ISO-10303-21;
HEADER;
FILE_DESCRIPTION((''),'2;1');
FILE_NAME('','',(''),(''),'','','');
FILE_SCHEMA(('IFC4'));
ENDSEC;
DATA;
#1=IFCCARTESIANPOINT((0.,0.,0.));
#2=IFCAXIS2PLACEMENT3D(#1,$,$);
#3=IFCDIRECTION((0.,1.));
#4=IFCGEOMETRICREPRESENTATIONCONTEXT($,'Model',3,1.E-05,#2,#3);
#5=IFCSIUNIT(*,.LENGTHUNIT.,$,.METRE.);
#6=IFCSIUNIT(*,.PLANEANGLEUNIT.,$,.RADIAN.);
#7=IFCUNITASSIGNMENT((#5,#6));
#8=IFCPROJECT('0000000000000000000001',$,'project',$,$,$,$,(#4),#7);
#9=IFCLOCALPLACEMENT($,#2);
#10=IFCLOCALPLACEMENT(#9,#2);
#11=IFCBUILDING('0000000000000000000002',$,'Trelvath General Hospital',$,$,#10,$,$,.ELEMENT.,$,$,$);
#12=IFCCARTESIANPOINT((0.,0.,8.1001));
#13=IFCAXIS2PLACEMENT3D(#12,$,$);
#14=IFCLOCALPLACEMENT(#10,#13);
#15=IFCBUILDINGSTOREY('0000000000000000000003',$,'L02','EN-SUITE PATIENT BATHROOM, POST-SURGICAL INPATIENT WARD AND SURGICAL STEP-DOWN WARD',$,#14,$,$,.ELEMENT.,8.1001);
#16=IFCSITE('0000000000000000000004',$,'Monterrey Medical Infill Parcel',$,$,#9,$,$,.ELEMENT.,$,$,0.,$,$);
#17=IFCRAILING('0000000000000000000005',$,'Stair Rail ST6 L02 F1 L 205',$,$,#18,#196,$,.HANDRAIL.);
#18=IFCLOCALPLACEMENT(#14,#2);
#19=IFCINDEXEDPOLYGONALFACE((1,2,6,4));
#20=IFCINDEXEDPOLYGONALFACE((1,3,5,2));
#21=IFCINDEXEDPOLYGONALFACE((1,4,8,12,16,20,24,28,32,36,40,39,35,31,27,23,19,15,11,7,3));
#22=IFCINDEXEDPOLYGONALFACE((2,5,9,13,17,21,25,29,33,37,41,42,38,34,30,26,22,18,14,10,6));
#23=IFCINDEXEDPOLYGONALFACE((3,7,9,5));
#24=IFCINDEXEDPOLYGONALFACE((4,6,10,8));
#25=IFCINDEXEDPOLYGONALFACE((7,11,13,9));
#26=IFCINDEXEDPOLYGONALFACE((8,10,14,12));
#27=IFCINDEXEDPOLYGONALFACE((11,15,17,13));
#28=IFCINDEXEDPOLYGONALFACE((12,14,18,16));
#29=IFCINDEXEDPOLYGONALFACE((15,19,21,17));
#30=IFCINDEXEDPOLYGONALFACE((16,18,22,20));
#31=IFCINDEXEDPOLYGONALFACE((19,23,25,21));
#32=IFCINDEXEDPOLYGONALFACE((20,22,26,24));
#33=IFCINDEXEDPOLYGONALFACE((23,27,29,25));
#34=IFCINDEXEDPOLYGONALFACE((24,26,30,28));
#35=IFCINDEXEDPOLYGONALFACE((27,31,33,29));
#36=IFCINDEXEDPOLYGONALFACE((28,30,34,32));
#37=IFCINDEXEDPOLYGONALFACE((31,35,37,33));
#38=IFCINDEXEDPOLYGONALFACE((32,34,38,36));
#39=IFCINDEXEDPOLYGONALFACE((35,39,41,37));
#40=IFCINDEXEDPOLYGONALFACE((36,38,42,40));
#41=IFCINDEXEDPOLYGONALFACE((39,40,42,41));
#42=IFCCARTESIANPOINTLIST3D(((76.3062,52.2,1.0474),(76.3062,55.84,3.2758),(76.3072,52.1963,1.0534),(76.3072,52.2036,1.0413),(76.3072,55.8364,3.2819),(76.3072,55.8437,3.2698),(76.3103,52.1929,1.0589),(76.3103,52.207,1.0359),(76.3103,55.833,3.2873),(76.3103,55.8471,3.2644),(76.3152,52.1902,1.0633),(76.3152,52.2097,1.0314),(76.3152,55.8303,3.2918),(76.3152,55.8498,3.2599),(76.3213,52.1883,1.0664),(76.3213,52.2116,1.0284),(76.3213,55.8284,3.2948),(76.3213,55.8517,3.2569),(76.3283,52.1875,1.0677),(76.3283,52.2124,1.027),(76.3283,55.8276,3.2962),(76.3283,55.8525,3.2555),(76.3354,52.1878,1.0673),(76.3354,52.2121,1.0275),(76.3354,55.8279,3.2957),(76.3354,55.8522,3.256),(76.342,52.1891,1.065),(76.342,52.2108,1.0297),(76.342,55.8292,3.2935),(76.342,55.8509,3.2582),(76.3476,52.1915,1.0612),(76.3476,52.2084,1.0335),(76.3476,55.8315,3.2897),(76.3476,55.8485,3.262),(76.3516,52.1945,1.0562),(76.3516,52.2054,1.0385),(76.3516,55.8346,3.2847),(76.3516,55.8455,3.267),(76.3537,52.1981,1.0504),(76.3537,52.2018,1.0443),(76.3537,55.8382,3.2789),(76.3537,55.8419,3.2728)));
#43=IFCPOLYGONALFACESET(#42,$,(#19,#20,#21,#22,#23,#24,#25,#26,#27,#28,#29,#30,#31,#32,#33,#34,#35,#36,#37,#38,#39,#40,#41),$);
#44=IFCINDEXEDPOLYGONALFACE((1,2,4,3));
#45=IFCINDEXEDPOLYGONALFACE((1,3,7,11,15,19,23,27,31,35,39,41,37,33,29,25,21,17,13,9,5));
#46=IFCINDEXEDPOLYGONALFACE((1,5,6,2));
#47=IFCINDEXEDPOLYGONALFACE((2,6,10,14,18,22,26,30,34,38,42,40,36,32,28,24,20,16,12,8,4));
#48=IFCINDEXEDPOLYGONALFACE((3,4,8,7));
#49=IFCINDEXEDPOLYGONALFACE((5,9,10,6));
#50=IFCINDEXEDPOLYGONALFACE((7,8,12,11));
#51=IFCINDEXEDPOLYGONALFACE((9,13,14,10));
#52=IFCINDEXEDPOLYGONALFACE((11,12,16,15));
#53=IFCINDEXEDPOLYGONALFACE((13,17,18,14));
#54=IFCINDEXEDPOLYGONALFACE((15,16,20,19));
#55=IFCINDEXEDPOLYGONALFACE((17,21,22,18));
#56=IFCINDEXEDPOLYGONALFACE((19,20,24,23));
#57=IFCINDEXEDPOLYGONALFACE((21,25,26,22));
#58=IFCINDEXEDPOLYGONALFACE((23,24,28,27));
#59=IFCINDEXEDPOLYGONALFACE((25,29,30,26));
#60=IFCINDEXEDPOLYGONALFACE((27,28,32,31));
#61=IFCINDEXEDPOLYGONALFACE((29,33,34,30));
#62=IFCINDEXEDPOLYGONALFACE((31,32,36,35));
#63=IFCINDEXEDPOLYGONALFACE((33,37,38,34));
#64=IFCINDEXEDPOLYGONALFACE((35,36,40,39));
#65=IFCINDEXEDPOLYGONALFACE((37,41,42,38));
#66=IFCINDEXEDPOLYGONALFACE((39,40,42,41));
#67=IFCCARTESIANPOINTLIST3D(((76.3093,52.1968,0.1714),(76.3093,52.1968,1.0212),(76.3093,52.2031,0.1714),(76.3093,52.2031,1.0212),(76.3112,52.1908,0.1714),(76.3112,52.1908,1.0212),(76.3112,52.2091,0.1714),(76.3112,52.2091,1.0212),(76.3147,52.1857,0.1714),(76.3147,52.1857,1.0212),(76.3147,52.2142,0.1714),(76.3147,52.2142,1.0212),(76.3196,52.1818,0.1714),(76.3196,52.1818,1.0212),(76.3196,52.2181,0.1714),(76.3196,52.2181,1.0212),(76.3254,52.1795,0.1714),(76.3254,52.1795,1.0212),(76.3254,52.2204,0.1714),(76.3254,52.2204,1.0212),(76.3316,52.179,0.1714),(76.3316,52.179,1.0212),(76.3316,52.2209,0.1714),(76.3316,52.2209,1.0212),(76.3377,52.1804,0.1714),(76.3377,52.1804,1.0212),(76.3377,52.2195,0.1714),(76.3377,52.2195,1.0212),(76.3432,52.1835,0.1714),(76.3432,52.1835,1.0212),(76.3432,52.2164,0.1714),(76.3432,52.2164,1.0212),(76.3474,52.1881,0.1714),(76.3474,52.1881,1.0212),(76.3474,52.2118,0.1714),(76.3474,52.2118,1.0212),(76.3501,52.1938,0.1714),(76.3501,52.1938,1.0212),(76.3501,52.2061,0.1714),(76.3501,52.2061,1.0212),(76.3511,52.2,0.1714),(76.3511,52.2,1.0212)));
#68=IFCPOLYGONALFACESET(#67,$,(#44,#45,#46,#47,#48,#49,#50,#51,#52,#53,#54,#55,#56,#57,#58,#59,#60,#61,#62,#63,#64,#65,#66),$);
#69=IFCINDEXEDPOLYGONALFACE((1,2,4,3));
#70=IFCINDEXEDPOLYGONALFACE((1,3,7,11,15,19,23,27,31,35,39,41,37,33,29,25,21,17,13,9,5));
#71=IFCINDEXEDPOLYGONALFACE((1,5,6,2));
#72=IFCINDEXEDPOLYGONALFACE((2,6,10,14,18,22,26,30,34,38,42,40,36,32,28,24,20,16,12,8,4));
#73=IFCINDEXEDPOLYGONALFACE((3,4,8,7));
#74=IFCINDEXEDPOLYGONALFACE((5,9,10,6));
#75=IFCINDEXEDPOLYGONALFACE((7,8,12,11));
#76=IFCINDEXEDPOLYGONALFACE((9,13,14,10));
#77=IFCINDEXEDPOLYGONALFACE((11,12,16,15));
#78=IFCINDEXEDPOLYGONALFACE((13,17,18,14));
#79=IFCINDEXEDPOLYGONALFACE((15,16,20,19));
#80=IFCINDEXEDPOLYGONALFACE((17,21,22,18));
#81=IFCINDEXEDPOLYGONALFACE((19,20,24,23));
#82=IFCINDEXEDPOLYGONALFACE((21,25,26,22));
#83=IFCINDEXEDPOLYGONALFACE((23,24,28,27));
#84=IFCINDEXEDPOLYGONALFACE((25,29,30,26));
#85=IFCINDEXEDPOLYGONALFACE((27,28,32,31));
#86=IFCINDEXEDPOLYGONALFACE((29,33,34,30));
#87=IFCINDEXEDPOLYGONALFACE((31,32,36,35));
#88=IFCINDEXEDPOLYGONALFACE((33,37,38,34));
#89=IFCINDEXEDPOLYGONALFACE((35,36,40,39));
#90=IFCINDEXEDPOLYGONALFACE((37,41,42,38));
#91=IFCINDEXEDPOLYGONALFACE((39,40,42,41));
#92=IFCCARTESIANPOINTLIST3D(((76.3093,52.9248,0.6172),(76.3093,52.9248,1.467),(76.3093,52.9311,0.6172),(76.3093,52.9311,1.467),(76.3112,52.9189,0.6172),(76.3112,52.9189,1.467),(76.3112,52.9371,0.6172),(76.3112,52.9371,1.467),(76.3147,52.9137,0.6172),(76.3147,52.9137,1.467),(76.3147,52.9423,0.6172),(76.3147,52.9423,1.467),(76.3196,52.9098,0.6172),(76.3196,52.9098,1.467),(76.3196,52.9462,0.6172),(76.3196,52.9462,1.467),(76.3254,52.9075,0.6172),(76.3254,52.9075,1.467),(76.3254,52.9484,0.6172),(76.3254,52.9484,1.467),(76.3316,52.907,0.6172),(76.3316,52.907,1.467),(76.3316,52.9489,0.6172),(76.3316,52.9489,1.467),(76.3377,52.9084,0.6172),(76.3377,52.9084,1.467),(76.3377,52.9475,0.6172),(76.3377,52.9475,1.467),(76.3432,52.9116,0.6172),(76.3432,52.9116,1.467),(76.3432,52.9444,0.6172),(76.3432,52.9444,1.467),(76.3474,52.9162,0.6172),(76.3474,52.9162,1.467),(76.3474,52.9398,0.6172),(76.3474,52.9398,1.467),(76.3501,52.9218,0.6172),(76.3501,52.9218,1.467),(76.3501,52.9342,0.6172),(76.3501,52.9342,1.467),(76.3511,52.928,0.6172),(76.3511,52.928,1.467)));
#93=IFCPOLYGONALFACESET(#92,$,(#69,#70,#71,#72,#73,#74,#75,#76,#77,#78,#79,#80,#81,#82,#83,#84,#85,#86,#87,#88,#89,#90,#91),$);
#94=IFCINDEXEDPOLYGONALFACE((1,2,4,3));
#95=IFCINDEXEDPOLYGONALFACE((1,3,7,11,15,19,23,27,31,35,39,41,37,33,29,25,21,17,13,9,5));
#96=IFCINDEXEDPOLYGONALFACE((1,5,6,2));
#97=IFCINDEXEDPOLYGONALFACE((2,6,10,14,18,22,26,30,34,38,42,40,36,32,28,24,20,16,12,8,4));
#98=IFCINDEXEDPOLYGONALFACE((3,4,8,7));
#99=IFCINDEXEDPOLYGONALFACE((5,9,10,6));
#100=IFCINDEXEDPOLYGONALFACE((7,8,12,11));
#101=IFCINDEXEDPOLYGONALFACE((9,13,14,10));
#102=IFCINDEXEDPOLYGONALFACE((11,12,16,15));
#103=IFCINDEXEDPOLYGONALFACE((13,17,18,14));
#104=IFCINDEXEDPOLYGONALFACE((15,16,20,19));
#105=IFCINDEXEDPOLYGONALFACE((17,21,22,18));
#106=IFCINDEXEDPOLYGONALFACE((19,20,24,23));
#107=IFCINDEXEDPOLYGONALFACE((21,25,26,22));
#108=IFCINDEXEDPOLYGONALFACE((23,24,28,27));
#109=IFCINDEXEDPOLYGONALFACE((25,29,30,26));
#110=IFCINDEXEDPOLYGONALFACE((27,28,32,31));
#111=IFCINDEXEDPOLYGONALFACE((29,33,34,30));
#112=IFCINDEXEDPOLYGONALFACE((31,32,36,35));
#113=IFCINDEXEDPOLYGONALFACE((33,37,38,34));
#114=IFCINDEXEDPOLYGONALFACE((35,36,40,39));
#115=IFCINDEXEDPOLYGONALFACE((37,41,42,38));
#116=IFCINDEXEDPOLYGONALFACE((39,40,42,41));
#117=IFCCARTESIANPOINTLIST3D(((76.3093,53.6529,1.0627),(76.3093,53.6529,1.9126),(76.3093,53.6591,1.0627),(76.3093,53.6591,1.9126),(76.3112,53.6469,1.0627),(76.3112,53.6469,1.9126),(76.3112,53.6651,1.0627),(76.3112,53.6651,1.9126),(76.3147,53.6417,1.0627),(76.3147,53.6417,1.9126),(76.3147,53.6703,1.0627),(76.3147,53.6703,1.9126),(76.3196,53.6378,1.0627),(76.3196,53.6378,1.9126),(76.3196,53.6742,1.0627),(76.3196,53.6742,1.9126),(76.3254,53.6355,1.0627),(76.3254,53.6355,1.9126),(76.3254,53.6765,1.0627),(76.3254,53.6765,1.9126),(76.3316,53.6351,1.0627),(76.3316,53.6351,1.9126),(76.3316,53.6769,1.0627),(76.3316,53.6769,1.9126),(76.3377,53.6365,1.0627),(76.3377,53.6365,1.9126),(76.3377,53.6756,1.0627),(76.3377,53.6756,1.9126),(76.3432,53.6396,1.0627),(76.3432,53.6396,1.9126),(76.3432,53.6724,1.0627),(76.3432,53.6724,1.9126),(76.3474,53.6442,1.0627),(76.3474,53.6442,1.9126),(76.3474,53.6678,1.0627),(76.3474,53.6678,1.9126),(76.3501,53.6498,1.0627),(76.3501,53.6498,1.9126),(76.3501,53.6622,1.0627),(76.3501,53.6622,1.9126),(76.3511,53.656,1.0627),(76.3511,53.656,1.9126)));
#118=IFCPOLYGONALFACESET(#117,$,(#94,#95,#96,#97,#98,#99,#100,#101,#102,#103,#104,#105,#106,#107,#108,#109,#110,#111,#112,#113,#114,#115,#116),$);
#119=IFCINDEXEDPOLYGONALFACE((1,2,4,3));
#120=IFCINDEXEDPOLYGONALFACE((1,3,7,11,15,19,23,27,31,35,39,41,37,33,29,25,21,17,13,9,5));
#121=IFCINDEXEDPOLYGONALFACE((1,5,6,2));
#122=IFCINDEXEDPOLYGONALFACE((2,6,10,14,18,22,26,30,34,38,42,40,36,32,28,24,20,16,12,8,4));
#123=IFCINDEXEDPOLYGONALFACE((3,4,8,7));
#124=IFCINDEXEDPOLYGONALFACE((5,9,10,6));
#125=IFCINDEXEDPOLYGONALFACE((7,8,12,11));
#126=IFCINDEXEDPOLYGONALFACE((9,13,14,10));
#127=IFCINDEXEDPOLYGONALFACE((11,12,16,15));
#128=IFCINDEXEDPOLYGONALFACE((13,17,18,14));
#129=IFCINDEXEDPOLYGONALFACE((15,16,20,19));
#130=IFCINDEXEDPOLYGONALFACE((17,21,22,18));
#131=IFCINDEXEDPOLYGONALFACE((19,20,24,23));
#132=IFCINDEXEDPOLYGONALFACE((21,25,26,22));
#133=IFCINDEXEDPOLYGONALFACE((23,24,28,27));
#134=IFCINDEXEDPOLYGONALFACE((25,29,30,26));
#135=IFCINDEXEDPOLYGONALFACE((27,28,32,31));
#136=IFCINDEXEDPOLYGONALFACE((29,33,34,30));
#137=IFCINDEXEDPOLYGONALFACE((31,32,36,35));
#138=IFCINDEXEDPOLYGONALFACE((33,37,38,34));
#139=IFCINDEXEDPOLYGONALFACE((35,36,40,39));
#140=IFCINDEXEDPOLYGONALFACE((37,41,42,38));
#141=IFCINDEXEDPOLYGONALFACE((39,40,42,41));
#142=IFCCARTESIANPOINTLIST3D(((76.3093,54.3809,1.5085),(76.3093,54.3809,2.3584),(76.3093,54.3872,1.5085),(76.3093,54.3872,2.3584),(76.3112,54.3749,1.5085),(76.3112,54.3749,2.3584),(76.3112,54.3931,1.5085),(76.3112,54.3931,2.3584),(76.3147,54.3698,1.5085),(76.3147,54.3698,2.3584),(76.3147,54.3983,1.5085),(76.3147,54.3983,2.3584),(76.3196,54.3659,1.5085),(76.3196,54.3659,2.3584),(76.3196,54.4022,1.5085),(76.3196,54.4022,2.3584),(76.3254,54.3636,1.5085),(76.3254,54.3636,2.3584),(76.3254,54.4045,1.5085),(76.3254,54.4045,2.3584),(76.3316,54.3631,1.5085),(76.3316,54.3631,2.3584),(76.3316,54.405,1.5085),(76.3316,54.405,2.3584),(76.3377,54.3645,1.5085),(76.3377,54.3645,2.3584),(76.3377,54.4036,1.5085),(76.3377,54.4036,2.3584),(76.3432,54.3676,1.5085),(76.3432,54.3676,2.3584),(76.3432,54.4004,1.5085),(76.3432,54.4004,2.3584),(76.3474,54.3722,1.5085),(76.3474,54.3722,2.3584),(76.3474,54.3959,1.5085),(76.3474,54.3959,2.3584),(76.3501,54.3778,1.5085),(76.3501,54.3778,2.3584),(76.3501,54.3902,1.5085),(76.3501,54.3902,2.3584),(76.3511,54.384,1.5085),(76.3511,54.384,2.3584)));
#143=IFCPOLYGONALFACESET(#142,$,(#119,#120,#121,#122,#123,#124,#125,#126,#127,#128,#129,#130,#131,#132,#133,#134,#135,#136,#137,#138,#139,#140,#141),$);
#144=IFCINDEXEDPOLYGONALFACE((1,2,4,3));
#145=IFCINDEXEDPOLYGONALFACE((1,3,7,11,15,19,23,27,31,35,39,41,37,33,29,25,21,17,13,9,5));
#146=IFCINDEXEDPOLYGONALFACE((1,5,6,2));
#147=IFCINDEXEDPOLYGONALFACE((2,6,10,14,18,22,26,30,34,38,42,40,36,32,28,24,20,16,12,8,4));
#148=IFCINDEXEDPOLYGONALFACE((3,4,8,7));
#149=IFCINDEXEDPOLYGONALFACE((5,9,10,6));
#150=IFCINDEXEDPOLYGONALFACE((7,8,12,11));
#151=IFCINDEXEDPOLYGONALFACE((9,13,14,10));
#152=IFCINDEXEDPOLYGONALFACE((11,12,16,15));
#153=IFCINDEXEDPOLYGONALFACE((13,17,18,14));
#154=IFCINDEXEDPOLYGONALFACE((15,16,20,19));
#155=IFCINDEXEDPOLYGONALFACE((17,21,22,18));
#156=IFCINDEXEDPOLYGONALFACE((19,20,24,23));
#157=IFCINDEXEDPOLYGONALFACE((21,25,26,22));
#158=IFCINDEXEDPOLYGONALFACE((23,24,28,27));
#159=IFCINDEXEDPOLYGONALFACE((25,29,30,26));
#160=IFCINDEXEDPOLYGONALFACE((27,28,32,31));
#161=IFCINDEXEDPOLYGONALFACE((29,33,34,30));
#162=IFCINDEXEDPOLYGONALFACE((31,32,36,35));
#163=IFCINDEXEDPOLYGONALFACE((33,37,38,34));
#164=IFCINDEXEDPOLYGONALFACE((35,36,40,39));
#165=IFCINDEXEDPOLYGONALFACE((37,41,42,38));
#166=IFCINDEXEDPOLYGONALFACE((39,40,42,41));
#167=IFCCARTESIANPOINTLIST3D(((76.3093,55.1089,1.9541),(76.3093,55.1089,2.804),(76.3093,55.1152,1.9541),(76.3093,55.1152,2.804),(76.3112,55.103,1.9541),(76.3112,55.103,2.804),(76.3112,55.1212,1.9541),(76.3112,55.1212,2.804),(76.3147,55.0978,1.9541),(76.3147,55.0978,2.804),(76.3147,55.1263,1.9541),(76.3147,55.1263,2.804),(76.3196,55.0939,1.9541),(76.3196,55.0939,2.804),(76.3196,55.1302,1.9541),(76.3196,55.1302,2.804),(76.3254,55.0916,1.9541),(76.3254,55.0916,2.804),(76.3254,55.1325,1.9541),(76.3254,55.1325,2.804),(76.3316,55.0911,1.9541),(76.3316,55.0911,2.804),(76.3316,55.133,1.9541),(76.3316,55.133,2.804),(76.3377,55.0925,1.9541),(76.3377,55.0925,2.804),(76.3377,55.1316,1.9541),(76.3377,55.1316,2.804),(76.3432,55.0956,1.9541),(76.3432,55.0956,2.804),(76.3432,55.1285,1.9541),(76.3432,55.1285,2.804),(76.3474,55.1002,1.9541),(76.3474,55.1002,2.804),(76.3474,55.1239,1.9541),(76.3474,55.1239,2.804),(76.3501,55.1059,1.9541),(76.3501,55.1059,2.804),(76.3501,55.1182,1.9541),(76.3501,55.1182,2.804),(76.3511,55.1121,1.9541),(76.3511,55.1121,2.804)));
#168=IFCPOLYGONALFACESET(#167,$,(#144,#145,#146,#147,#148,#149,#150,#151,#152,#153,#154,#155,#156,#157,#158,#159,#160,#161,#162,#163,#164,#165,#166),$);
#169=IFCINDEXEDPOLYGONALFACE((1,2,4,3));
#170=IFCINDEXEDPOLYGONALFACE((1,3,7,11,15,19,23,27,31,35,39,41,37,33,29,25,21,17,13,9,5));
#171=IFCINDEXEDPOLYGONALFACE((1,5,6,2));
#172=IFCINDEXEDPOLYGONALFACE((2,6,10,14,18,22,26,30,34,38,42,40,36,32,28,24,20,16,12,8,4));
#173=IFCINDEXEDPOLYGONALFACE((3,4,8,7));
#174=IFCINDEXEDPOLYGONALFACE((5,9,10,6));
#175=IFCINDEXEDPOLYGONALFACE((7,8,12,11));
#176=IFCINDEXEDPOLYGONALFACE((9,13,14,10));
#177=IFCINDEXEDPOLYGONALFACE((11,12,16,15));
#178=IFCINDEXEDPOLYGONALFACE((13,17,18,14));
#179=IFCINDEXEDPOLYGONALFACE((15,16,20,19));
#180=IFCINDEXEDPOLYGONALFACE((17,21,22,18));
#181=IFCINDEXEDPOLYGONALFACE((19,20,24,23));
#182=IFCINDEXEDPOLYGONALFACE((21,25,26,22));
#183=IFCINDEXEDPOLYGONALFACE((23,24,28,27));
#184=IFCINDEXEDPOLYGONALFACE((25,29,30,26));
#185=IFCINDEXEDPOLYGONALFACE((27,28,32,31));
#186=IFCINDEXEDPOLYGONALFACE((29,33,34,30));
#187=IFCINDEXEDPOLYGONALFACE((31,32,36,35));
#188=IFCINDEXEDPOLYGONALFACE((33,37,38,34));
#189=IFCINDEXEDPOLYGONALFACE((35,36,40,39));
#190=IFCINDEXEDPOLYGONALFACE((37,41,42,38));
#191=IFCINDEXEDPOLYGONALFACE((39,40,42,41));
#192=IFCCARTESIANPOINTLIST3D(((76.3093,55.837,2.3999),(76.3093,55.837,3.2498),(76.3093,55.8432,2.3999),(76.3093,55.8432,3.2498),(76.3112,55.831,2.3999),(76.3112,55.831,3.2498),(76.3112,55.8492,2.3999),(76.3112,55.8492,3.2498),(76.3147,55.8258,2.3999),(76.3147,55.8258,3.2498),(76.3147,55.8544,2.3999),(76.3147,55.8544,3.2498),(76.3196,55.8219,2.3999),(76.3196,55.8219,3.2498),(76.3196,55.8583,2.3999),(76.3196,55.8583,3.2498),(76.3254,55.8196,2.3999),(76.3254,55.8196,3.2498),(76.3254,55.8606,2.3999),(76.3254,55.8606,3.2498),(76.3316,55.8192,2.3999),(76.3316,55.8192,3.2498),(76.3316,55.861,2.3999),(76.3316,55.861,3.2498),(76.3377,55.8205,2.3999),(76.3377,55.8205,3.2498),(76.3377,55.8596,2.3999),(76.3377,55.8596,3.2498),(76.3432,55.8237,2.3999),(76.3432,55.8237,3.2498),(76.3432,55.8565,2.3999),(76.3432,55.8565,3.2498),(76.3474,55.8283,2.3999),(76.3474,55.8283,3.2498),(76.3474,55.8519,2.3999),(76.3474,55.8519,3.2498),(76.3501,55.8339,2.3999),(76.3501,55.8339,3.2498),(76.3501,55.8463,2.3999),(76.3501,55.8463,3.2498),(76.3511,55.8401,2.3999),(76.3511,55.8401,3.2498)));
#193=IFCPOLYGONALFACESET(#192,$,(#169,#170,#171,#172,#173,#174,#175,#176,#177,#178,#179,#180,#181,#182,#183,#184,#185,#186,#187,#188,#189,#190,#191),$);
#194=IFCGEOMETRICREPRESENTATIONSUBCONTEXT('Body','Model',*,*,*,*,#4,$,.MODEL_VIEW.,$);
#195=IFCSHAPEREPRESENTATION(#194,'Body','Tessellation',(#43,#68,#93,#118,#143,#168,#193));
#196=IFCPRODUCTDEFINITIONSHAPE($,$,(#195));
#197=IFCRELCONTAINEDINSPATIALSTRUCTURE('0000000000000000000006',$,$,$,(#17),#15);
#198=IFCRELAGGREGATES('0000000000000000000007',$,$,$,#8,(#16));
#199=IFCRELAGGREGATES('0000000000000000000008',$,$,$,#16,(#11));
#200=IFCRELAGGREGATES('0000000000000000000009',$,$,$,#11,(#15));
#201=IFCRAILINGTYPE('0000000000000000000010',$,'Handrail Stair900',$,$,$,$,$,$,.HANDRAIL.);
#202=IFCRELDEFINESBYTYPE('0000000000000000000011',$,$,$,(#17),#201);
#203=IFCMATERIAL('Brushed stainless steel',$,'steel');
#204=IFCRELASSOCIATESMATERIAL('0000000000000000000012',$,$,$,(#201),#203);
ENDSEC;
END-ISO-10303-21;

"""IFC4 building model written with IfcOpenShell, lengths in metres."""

from ifc_helpers import new_model, si_unit, direction, frame, origin, origin_2d, place, context, subcontext, project, spatial, circle, extrude, material, type_object, element, save


model = new_model("IFC4")

# Units and contexts
model_context = context("Model", 3, precision=1e-05, world=origin(), true_north=direction((0.0, 1.0)))
body_context = subcontext(model_context, "Body", "Model", "MODEL_VIEW")
ifc_project = project(units=[si_unit("LENGTHUNIT", "METRE"), si_unit("PLANEANGLEUNIT", "RADIAN")], contexts=[model_context])

# Site, building, storey
site_placement = place(None, origin())
site = spatial("IfcSite", under=ifc_project, at=site_placement, Name="Monterrey Medical Infill Parcel", CompositionType="ELEMENT", RefElevation=0.0)
building_placement = place(site_placement, origin())
building = spatial("IfcBuilding", under=site, at=building_placement, Name="Trelvath General Hospital", CompositionType="ELEMENT")
storey_placement = place(building_placement, frame((0.0, 0.0, 8.1001)))
storey = spatial("IfcBuildingStorey", under=building, at=storey_placement, Name="L02", Description="EN-SUITE PATIENT BATHROOM, POST-SURGICAL INPATIENT WARD AND SURGICAL STEP-DOWN WARD", CompositionType="ELEMENT", Elevation=8.1001)

# Railing
ifc_material_1 = material(Name="Brushed stainless steel", Category="steel")
railing_type_1 = type_object("IfcRailingType", Name="Handrail Stair900", PredefinedType="HANDRAIL", material=ifc_material_1)
railing_1_placement = place(storey_placement, frame((76.3301, 52.2, 0.1714)))
element("IfcRailing", 1, at=railing_1_placement, inside=storey, type_object=railing_type_1, Name="Stair Rail ST6 L02 F1 L 205", PredefinedType="HANDRAIL", context=body_context, shape_type="SweptSolid", body=[
    extrude(circle(Radius=0.0239, at=origin_2d()), frame((0.0, 0.0, 0.876), z_axis=(0.0, 0.852866, 0.52213), x_axis=(-1.0, 0.0, 0.0)), (0.0, 0.0, 1.0), 4.2681),
    extrude(circle(Radius=0.021, at=origin_2d()), origin(), (0.0, 0.0, 1.0), 0.8499),
    extrude(circle(Radius=0.021, at=origin_2d()), frame((0.0, 0.728, 0.4458)), (0.0, 0.0, 1.0), 0.8499),
    extrude(circle(Radius=0.021, at=origin_2d()), frame((0.0, 1.4561, 0.8914)), (0.0, 0.0, 1.0), 0.8499),
    extrude(circle(Radius=0.021, at=origin_2d()), frame((0.0, 2.1841, 1.3372)), (0.0, 0.0, 1.0), 0.8499),
    extrude(circle(Radius=0.021, at=origin_2d()), frame((0.0, 2.9121, 1.7827)), (0.0, 0.0, 1.0), 0.8499),
    extrude(circle(Radius=0.021, at=origin_2d()), frame((0.0, 3.6401, 2.2285)), (0.0, 0.0, 1.0), 0.8499),
])

save(model, "model.ifc")
